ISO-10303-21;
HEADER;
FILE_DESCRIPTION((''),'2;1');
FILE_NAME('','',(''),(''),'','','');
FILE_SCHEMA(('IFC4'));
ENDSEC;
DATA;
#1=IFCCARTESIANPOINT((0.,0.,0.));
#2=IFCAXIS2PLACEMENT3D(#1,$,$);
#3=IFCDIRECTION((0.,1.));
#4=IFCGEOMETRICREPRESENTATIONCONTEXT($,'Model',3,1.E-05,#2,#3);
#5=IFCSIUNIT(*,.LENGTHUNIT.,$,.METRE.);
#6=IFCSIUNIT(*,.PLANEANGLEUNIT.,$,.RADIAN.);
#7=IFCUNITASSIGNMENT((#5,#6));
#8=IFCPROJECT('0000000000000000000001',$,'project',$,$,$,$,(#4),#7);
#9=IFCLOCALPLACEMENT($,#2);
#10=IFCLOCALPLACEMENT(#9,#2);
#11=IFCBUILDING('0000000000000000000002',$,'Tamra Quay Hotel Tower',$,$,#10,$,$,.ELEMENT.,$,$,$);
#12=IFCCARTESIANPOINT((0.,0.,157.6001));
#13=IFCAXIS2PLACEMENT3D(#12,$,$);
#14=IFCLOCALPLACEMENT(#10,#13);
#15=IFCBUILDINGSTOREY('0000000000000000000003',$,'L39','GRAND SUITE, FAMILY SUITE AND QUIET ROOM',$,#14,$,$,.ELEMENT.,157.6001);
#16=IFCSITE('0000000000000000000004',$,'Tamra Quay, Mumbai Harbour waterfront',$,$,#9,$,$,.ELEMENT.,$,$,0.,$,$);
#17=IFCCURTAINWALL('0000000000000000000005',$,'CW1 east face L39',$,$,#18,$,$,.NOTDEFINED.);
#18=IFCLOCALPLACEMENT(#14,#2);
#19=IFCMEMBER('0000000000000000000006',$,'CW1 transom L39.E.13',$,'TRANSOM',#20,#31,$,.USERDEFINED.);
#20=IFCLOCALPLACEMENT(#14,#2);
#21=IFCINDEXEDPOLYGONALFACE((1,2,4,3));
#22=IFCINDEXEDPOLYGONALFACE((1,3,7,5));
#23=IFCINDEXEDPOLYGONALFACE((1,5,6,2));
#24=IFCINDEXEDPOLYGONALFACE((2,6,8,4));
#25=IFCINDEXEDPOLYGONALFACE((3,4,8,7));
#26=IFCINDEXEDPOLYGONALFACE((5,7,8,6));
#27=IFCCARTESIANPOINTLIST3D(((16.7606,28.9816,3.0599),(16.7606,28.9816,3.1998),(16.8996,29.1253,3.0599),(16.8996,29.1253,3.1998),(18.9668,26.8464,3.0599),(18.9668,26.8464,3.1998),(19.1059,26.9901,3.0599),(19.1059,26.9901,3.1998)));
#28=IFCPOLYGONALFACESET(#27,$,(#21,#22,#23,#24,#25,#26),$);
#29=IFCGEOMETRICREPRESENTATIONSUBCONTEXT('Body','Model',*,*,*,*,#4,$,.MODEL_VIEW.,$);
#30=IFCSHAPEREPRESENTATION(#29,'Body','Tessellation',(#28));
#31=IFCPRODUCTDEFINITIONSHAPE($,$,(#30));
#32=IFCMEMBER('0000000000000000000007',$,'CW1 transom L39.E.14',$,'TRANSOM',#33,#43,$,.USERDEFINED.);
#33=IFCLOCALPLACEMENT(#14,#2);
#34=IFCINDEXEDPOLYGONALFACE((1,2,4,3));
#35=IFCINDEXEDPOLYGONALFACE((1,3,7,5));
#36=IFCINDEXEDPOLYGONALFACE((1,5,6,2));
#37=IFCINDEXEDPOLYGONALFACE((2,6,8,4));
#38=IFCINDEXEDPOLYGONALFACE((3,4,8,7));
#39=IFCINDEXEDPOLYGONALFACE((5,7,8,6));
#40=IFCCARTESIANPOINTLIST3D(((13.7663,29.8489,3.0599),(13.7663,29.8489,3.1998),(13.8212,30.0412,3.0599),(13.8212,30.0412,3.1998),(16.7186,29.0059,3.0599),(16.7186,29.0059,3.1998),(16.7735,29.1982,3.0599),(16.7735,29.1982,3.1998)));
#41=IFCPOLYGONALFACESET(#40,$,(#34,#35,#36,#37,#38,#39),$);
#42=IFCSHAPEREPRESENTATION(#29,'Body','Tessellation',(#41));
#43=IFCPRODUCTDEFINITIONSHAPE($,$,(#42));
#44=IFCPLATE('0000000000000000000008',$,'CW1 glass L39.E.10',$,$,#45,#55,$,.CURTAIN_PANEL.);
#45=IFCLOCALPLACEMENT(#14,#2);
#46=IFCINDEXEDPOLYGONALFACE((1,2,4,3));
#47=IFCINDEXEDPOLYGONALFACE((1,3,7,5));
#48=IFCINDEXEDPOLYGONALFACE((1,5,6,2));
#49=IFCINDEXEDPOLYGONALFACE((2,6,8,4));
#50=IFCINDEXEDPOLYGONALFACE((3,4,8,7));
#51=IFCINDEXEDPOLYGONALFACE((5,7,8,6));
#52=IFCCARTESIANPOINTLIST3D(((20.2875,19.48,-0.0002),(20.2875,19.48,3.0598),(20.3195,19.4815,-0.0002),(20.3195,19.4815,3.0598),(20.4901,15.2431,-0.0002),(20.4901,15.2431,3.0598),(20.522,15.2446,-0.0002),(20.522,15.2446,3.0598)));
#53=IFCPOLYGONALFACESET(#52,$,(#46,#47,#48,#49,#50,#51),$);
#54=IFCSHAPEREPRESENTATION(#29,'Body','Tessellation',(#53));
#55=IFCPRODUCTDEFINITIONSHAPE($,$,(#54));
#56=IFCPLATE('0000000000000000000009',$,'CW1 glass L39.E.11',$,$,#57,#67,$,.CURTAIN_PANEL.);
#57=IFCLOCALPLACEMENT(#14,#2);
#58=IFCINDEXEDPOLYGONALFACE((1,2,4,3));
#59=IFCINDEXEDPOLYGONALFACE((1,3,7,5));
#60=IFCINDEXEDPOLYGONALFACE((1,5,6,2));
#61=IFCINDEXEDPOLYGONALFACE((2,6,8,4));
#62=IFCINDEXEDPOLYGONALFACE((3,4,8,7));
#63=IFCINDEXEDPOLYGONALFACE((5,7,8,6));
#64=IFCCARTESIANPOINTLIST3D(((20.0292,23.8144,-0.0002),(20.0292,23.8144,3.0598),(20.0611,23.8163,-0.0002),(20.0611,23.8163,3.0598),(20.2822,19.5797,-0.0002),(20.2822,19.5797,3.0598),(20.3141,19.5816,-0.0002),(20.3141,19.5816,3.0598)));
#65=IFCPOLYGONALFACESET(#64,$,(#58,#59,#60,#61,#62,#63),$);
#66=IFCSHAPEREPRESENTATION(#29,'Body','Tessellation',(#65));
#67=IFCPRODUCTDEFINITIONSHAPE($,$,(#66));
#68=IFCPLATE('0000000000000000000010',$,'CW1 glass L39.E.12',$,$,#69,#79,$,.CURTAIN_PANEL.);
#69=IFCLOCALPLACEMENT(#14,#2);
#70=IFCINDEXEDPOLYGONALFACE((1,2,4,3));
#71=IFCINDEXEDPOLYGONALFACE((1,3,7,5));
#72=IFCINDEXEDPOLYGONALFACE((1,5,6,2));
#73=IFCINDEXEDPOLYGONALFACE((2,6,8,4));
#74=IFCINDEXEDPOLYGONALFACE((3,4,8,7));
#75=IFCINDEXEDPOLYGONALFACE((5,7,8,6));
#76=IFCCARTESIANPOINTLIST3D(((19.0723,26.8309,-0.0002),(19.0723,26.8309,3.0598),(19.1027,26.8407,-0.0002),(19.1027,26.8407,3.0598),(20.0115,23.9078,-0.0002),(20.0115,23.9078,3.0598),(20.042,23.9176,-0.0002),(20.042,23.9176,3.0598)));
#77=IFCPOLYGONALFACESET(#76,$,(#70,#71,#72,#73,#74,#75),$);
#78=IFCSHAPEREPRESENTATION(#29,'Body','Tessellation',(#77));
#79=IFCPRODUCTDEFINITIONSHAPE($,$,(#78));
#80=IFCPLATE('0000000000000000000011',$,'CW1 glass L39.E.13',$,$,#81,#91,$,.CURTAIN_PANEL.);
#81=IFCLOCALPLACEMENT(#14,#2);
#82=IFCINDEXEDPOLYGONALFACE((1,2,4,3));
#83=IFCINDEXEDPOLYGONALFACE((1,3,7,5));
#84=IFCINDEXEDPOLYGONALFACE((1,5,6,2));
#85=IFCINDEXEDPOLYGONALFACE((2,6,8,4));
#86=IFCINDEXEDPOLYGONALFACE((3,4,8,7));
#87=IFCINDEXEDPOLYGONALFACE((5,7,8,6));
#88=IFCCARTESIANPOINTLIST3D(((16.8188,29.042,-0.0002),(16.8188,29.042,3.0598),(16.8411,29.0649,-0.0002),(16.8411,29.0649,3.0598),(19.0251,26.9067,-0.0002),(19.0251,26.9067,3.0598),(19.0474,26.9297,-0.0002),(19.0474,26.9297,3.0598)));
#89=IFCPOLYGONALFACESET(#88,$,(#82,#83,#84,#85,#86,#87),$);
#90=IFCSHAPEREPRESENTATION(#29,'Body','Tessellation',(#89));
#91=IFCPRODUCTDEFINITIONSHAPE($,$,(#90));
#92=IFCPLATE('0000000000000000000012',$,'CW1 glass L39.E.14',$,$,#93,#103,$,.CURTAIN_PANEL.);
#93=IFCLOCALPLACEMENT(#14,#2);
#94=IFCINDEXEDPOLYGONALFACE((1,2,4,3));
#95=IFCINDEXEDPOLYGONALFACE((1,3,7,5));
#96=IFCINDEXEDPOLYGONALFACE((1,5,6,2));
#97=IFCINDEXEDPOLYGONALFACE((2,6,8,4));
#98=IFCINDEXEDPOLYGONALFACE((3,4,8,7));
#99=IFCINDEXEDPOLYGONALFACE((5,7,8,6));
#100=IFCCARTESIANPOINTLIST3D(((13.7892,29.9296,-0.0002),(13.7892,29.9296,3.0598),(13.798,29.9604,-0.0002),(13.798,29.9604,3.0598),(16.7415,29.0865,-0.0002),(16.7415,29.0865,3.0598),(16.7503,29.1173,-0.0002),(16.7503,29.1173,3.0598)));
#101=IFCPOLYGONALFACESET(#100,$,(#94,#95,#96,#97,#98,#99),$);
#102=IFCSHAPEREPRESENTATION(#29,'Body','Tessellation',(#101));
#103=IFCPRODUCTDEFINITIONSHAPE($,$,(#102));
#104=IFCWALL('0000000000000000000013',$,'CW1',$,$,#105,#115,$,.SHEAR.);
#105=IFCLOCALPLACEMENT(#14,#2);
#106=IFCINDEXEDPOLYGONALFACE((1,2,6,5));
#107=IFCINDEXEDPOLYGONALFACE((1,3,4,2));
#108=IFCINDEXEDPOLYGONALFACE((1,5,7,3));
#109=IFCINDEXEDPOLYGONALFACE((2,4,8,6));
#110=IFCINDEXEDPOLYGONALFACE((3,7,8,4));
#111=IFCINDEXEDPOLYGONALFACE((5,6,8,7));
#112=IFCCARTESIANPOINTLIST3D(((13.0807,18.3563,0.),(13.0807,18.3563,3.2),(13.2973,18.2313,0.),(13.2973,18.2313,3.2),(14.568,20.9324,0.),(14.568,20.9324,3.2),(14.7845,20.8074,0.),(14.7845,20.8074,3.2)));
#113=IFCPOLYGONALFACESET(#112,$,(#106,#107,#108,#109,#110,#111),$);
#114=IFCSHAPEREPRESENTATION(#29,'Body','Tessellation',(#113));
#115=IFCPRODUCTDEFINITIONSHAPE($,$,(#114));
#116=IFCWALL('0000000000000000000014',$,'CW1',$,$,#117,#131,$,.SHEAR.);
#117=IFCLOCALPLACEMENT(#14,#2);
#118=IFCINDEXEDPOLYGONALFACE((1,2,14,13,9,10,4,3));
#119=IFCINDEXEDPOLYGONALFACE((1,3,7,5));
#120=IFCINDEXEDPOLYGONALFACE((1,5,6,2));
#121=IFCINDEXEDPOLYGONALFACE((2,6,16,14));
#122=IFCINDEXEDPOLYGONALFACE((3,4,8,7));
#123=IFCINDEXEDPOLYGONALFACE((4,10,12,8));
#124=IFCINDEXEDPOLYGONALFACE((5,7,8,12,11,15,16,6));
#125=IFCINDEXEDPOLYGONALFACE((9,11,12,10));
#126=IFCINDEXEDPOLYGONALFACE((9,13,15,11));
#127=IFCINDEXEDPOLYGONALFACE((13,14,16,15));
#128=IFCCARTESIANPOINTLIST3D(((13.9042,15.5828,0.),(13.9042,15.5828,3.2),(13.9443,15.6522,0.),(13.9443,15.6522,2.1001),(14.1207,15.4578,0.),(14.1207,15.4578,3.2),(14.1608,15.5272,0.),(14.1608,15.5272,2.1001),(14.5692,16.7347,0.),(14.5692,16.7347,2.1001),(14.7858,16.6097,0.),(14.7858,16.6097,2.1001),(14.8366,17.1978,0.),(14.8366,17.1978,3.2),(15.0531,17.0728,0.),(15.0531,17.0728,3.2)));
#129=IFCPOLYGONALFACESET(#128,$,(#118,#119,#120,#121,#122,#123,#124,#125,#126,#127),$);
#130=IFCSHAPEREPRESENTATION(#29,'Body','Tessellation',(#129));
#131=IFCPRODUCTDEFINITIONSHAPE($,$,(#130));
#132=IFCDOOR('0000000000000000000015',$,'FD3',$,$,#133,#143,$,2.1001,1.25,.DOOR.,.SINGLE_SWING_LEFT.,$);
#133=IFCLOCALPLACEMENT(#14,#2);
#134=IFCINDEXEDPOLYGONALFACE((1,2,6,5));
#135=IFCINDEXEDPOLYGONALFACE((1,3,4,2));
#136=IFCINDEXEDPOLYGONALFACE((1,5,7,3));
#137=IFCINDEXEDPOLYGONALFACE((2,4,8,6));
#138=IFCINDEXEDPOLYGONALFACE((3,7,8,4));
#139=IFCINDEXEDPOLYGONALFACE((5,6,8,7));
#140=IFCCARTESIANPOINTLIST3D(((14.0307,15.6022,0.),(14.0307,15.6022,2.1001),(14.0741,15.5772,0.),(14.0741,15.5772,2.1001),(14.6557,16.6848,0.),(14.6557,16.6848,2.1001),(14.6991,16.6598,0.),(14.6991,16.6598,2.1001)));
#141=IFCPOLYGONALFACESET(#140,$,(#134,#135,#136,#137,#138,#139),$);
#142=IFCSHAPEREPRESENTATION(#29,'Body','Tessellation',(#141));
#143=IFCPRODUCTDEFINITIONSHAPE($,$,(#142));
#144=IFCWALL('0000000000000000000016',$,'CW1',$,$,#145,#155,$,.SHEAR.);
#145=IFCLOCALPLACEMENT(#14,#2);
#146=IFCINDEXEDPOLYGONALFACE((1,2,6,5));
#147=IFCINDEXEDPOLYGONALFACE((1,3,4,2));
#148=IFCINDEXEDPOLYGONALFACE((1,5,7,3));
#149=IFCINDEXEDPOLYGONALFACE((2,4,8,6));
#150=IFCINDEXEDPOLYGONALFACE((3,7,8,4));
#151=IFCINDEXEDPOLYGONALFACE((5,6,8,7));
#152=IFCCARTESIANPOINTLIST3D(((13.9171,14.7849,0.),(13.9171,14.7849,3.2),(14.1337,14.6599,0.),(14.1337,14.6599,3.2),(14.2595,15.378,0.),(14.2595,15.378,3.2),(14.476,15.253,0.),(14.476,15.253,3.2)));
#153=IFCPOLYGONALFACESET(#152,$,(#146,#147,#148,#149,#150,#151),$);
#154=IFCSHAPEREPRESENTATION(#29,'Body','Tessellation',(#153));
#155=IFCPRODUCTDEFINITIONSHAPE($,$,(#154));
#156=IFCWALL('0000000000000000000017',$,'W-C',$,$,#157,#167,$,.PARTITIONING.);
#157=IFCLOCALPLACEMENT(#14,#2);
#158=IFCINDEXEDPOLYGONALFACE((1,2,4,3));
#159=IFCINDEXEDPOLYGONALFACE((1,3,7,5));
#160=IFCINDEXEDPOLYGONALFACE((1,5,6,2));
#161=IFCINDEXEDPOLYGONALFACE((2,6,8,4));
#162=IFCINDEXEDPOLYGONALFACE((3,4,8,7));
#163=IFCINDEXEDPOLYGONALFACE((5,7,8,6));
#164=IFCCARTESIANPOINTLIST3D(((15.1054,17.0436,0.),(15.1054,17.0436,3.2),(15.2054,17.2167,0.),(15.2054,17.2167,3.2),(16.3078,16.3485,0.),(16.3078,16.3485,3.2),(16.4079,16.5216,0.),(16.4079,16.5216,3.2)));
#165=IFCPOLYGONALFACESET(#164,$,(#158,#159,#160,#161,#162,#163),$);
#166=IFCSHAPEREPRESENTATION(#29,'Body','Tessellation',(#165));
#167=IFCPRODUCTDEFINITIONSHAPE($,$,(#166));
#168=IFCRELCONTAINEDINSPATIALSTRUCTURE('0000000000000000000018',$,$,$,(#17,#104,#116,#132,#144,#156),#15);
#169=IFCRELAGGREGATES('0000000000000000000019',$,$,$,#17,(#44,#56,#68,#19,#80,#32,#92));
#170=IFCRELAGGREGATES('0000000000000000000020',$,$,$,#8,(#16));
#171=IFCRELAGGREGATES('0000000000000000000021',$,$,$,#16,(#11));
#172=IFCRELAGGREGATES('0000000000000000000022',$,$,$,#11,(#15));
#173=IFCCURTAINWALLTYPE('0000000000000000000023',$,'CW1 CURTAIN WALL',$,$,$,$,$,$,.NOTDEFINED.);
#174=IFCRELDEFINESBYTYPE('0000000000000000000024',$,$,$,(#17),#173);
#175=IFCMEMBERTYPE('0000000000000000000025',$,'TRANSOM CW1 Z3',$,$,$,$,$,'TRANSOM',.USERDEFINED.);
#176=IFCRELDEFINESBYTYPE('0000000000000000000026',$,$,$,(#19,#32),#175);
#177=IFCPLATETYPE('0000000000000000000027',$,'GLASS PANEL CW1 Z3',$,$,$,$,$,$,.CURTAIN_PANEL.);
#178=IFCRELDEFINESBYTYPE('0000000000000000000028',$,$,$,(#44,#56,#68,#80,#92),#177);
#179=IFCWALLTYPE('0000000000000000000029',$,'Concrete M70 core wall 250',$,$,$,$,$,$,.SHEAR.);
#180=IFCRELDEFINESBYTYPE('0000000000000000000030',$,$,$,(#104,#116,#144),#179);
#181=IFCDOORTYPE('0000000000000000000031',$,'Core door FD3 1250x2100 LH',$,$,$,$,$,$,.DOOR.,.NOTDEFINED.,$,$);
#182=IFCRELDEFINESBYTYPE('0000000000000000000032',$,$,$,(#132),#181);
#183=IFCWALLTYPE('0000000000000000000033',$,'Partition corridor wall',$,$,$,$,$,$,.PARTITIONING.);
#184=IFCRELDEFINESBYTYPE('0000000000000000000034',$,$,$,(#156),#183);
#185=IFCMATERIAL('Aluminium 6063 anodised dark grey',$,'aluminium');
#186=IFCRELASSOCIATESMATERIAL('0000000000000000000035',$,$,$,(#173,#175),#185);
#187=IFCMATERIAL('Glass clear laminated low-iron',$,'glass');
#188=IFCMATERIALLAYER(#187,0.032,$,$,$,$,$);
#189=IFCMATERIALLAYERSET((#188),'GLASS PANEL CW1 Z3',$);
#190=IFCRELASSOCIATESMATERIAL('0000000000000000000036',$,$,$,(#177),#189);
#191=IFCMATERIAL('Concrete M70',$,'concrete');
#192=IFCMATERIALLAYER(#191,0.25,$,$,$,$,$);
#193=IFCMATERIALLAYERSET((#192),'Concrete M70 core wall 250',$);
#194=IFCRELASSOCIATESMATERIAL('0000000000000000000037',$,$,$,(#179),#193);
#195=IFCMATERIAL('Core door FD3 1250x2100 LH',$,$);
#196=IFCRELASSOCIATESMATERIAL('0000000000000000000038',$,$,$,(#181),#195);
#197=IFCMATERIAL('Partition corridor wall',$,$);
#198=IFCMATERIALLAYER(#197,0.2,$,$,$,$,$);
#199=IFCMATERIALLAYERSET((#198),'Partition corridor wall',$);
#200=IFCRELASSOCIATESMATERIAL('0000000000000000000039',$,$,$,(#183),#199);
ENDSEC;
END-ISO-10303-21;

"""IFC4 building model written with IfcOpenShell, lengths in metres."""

from ifc_helpers import new_model, si_unit, direction, frame, frame_2d, origin, origin_2d, place, context, subcontext, project, spatial, rectangle, extrude, material, layer, layer_set, material_profile, profile_set, type_object, element, fill, aggregate, save


model = new_model("IFC4")

# Units and contexts
model_context = context("Model", 3, precision=1e-05, world=origin(), true_north=direction((0.0, 1.0)))
body_context = subcontext(model_context, "Body", "Model", "MODEL_VIEW")
ifc_project = project(units=[si_unit("LENGTHUNIT", "METRE"), si_unit("PLANEANGLEUNIT", "RADIAN")], contexts=[model_context])

# Site, building, storey
site_placement = place(None, origin())
site = spatial("IfcSite", under=ifc_project, at=site_placement, Name="Tamra Quay, Mumbai Harbour waterfront", CompositionType="ELEMENT", RefElevation=0.0)
building_placement = place(site_placement, origin())
building = spatial("IfcBuilding", under=site, at=building_placement, Name="Tamra Quay Hotel Tower", CompositionType="ELEMENT")
storey_placement = place(building_placement, frame((0.0, 0.0, 157.6001)))
storey = spatial("IfcBuildingStorey", under=building, at=storey_placement, Name="L39", Description="GRAND SUITE, FAMILY SUITE AND QUIET ROOM", CompositionType="ELEMENT", Elevation=157.6001)

# Shared definitions
ifc_material_1 = material(Name="Concrete M70", Category="concrete")

# Curtain wall
ifc_material_2 = material(Name="Aluminium 6063 anodised dark grey", Category="aluminium")
curtain_wall_type = type_object("IfcCurtainWallType", Name="CW1 CURTAIN WALL", PredefinedType="NOTDEFINED", material=ifc_material_2)
curtain_wall_placement = place(storey_placement, origin())
curtain_wall = element("IfcCurtainWall", 1, at=curtain_wall_placement, inside=storey, type_object=curtain_wall_type, Name="CW1 east face L39", PredefinedType="NOTDEFINED")

# Members
ifc_material_profile_1 = material_profile(ifc_material_2, rectangle(XDim=0.2, YDim=0.1399, at=origin_2d()), Name="TRANSOM 200X140")
ifc_profile_set_1 = profile_set([ifc_material_profile_1], Name="Aluminium 6063 anodised dark grey")
member_type_1 = type_object("IfcMemberType", Name="TRANSOM CW1 Z3", ElementType="TRANSOM", PredefinedType="USERDEFINED", material=ifc_profile_set_1)
member_1_placement = place(storey_placement, frame((19.0364, 26.9182, 3.1299), z_axis=(-0.718582, 0.695443, 0.0), x_axis=(-0.695443, -0.718582, 0.0)))
member_1 = element("IfcMember", 2, at=member_1_placement, type_object=member_type_1, Name="CW1 transom L39.E.13", ObjectType="TRANSOM", PredefinedType="USERDEFINED", context=body_context, shape_type="SweptSolid", body=[
    extrude(rectangle(XDim=0.2, YDim=0.1399, at=origin_2d()), origin(), (0.0, 0.0, 1.0), 3.0703),
])
member_2_placement = place(storey_placement, frame((16.7461, 29.1021, 3.1299), z_axis=(-0.961569, 0.274564, 0.0), x_axis=(-0.274564, -0.961569, 0.0)))
member_2 = element("IfcMember", 3, at=member_2_placement, type_object=member_type_1, Name="CW1 transom L39.E.14", ObjectType="TRANSOM", PredefinedType="USERDEFINED", context=body_context, shape_type="SweptSolid", body=[
    extrude(rectangle(XDim=0.2, YDim=0.1399, at=origin_2d()), origin(), (0.0, 0.0, 1.0), 3.0703),
])

# Plates
ifc_material_3 = material(Name="Glass clear laminated low-iron", Category="glass")
ifc_layer_1 = layer(ifc_material_3, 0.032)
ifc_layer_set_1 = layer_set([ifc_layer_1], Name="GLASS PANEL CW1 Z3")
plate_type = type_object("IfcPlateType", Name="GLASS PANEL CW1 Z3", PredefinedType="CURTAIN_PANEL", material=ifc_layer_set_1)
plate_1_placement = place(storey_placement, frame((20.4048, 17.3623, -0.0002), z_axis=(0.0, 0.0, 1.0), x_axis=(-0.047747, 0.998859, 0.0)))
plate_1 = element("IfcPlate", 4, at=plate_1_placement, type_object=plate_type, Name="CW1 glass L39.E.10", PredefinedType="CURTAIN_PANEL", context=body_context, shape_type="SweptSolid", body=[
    extrude(rectangle(XDim=4.2417, YDim=0.032, at=origin_2d()), origin(), (0.0, 0.0, 1.0), 3.0601),
])
plate_2_placement = place(storey_placement, frame((20.1716, 21.698, -0.0002), z_axis=(0.0, 0.0, 1.0), x_axis=(-0.059642, 0.99822, 0.0)))
plate_2 = element("IfcPlate", 5, at=plate_2_placement, type_object=plate_type, Name="CW1 glass L39.E.11", PredefinedType="CURTAIN_PANEL", context=body_context, shape_type="SweptSolid", body=[
    extrude(rectangle(XDim=4.2422, YDim=0.032, at=origin_2d()), origin(), (0.0, 0.0, 1.0), 3.0601),
])
plate_3_placement = place(storey_placement, frame((19.5571, 25.3743, -0.0002), z_axis=(0.0, 0.0, 1.0), x_axis=(-0.305915, 0.952059, 0.0)))
plate_3 = element("IfcPlate", 6, at=plate_3_placement, type_object=plate_type, Name="CW1 glass L39.E.12", PredefinedType="CURTAIN_PANEL", context=body_context, shape_type="SweptSolid", body=[
    extrude(rectangle(XDim=3.0703, YDim=0.032, at=origin_2d()), origin(), (0.0, 0.0, 1.0), 3.0601),
])
plate_4_placement = place(storey_placement, frame((17.9331, 27.9858, -0.0002), z_axis=(0.0, 0.0, 1.0), x_axis=(-0.718584, 0.69544, 0.0)))
plate_4 = element("IfcPlate", 7, at=plate_4_placement, type_object=plate_type, Name="CW1 glass L39.E.13", PredefinedType="CURTAIN_PANEL", context=body_context, shape_type="SweptSolid", body=[
    extrude(rectangle(XDim=3.0703, YDim=0.032, at=origin_2d()), origin(), (0.0, 0.0, 1.0), 3.0601),
])
plate_5_placement = place(storey_placement, frame((15.2698, 29.5234, -0.0002), z_axis=(0.0, 0.0, 1.0), x_axis=(-0.961561, 0.274593, 0.0)))
plate_5 = element("IfcPlate", 8, at=plate_5_placement, type_object=plate_type, Name="CW1 glass L39.E.14", PredefinedType="CURTAIN_PANEL", context=body_context, shape_type="SweptSolid", body=[
    extrude(rectangle(XDim=3.0703, YDim=0.032, at=origin_2d()), origin(), (0.0, 0.0, 1.0), 3.0601),
])
aggregate(curtain_wall, [plate_1, plate_2, plate_3, member_1, plate_4, member_2, plate_5])

# Wall
ifc_layer_2 = layer(ifc_material_1, 0.25)
ifc_layer_set_2 = layer_set([ifc_layer_2], Name="Concrete M70 core wall 250")
wall_type_1 = type_object("IfcWallType", Name="Concrete M70 core wall 250", PredefinedType="SHEAR", material=ifc_layer_set_2)
wall_1_placement = place(storey_placement, frame((14.6763, 20.8699, 0.0), z_axis=(0.0, 0.0, 1.0), x_axis=(-0.499988, -0.866033, 0.0)))
element("IfcWall", 9, at=wall_1_placement, inside=storey, type_object=wall_type_1, Name="CW1", PredefinedType="SHEAR", context=body_context, shape_type="SweptSolid", body=[
    extrude(rectangle(XDim=2.9746, YDim=0.25, at=frame_2d((1.4873, 0.0))), origin(), (0.0, 0.0, 1.0), 3.2),
])

# Wall, opening, door
wall_2_placement = place(storey_placement, frame((14.9448, 17.1353, 0.0), z_axis=(0.0, 0.0, 1.0), x_axis=(-0.499983, -0.866035, 0.0)))
wall_2 = element("IfcWall", 10, at=wall_2_placement, inside=storey, type_object=wall_type_1, Name="CW1", PredefinedType="SHEAR", context=body_context, shape_type="SweptSolid", body=[
    extrude(rectangle(XDim=1.8647, YDim=0.25, at=frame_2d((0.9324, 0.0))), origin(), (0.0, 0.0, 1.0), 3.2),
])
opening_placement = place(wall_2_placement, frame((0.5347, 0.0, 0.0)))
opening = element("IfcOpeningElement", 11, at=opening_placement, cuts=wall_2, PredefinedType="OPENING", context=body_context, shape_type="SweptSolid", body=[
    extrude(rectangle(XDim=1.25, YDim=2.1001, at=frame_2d((0.625, 1.05))), frame((0.0, 0.135, 0.0), z_axis=(0.0, -1.0, 0.0), x_axis=(1.0, 0.0, 0.0)), (0.0, 0.0, 1.0), 0.27),
])
ifc_material_4 = material(Name="Core door FD3 1250x2100 LH")
door_type = type_object("IfcDoorType", Name="Core door FD3 1250x2100 LH", OperationType="NOTDEFINED", PredefinedType="DOOR", material=ifc_material_4)
door_placement = place(opening_placement, origin())
door = element("IfcDoor", 12, at=door_placement, inside=storey, type_object=door_type, Name="FD3", OperationType="SINGLE_SWING_LEFT", OverallHeight=2.1001, OverallWidth=1.25, PredefinedType="DOOR", context=body_context, shape_type="SweptSolid", body=[
    extrude(rectangle(XDim=1.25, YDim=2.1001, at=frame_2d((0.625, 1.05))), frame((0.0, 0.0249, 0.0), z_axis=(0.0, -1.0, 0.0), x_axis=(1.0, 0.0, 0.0)), (0.0, 0.0, 1.0), 0.05),
])
fill(opening, door)

# Walls
wall_3_placement = place(storey_placement, frame((14.3677, 15.3154, 0.0), z_axis=(0.0, 0.0, 1.0), x_axis=(-0.499897, -0.866085, 0.0)))
element("IfcWall", 13, at=wall_3_placement, inside=storey, type_object=wall_type_1, Name="CW1", PredefinedType="SHEAR", context=body_context, shape_type="SweptSolid", body=[
    extrude(rectangle(XDim=0.6848, YDim=0.25, at=frame_2d((0.3423, 0.0))), origin(), (0.0, 0.0, 1.0), 3.2),
])
ifc_material_5 = material(Name="Partition corridor wall")
ifc_layer_3 = layer(ifc_material_5, 0.2)
ifc_layer_set_3 = layer_set([ifc_layer_3], Name="Partition corridor wall")
wall_type_2 = type_object("IfcWallType", Name="Partition corridor wall", PredefinedType="PARTITIONING", material=ifc_layer_set_3)
wall_4_placement = place(storey_placement, frame((15.1555, 17.1301, 0.0), z_axis=(0.0, 0.0, 1.0), x_axis=(0.865755, -0.500468, 0.0)))
element("IfcWall", 14, at=wall_4_placement, inside=storey, type_object=wall_type_2, Name="W-C", PredefinedType="PARTITIONING", context=body_context, shape_type="SweptSolid", body=[
    extrude(rectangle(XDim=1.3889, YDim=0.2, at=frame_2d((0.6943, 0.0))), origin(), (0.0, 0.0, 1.0), 3.2),
])

save(model, "model.ifc")
